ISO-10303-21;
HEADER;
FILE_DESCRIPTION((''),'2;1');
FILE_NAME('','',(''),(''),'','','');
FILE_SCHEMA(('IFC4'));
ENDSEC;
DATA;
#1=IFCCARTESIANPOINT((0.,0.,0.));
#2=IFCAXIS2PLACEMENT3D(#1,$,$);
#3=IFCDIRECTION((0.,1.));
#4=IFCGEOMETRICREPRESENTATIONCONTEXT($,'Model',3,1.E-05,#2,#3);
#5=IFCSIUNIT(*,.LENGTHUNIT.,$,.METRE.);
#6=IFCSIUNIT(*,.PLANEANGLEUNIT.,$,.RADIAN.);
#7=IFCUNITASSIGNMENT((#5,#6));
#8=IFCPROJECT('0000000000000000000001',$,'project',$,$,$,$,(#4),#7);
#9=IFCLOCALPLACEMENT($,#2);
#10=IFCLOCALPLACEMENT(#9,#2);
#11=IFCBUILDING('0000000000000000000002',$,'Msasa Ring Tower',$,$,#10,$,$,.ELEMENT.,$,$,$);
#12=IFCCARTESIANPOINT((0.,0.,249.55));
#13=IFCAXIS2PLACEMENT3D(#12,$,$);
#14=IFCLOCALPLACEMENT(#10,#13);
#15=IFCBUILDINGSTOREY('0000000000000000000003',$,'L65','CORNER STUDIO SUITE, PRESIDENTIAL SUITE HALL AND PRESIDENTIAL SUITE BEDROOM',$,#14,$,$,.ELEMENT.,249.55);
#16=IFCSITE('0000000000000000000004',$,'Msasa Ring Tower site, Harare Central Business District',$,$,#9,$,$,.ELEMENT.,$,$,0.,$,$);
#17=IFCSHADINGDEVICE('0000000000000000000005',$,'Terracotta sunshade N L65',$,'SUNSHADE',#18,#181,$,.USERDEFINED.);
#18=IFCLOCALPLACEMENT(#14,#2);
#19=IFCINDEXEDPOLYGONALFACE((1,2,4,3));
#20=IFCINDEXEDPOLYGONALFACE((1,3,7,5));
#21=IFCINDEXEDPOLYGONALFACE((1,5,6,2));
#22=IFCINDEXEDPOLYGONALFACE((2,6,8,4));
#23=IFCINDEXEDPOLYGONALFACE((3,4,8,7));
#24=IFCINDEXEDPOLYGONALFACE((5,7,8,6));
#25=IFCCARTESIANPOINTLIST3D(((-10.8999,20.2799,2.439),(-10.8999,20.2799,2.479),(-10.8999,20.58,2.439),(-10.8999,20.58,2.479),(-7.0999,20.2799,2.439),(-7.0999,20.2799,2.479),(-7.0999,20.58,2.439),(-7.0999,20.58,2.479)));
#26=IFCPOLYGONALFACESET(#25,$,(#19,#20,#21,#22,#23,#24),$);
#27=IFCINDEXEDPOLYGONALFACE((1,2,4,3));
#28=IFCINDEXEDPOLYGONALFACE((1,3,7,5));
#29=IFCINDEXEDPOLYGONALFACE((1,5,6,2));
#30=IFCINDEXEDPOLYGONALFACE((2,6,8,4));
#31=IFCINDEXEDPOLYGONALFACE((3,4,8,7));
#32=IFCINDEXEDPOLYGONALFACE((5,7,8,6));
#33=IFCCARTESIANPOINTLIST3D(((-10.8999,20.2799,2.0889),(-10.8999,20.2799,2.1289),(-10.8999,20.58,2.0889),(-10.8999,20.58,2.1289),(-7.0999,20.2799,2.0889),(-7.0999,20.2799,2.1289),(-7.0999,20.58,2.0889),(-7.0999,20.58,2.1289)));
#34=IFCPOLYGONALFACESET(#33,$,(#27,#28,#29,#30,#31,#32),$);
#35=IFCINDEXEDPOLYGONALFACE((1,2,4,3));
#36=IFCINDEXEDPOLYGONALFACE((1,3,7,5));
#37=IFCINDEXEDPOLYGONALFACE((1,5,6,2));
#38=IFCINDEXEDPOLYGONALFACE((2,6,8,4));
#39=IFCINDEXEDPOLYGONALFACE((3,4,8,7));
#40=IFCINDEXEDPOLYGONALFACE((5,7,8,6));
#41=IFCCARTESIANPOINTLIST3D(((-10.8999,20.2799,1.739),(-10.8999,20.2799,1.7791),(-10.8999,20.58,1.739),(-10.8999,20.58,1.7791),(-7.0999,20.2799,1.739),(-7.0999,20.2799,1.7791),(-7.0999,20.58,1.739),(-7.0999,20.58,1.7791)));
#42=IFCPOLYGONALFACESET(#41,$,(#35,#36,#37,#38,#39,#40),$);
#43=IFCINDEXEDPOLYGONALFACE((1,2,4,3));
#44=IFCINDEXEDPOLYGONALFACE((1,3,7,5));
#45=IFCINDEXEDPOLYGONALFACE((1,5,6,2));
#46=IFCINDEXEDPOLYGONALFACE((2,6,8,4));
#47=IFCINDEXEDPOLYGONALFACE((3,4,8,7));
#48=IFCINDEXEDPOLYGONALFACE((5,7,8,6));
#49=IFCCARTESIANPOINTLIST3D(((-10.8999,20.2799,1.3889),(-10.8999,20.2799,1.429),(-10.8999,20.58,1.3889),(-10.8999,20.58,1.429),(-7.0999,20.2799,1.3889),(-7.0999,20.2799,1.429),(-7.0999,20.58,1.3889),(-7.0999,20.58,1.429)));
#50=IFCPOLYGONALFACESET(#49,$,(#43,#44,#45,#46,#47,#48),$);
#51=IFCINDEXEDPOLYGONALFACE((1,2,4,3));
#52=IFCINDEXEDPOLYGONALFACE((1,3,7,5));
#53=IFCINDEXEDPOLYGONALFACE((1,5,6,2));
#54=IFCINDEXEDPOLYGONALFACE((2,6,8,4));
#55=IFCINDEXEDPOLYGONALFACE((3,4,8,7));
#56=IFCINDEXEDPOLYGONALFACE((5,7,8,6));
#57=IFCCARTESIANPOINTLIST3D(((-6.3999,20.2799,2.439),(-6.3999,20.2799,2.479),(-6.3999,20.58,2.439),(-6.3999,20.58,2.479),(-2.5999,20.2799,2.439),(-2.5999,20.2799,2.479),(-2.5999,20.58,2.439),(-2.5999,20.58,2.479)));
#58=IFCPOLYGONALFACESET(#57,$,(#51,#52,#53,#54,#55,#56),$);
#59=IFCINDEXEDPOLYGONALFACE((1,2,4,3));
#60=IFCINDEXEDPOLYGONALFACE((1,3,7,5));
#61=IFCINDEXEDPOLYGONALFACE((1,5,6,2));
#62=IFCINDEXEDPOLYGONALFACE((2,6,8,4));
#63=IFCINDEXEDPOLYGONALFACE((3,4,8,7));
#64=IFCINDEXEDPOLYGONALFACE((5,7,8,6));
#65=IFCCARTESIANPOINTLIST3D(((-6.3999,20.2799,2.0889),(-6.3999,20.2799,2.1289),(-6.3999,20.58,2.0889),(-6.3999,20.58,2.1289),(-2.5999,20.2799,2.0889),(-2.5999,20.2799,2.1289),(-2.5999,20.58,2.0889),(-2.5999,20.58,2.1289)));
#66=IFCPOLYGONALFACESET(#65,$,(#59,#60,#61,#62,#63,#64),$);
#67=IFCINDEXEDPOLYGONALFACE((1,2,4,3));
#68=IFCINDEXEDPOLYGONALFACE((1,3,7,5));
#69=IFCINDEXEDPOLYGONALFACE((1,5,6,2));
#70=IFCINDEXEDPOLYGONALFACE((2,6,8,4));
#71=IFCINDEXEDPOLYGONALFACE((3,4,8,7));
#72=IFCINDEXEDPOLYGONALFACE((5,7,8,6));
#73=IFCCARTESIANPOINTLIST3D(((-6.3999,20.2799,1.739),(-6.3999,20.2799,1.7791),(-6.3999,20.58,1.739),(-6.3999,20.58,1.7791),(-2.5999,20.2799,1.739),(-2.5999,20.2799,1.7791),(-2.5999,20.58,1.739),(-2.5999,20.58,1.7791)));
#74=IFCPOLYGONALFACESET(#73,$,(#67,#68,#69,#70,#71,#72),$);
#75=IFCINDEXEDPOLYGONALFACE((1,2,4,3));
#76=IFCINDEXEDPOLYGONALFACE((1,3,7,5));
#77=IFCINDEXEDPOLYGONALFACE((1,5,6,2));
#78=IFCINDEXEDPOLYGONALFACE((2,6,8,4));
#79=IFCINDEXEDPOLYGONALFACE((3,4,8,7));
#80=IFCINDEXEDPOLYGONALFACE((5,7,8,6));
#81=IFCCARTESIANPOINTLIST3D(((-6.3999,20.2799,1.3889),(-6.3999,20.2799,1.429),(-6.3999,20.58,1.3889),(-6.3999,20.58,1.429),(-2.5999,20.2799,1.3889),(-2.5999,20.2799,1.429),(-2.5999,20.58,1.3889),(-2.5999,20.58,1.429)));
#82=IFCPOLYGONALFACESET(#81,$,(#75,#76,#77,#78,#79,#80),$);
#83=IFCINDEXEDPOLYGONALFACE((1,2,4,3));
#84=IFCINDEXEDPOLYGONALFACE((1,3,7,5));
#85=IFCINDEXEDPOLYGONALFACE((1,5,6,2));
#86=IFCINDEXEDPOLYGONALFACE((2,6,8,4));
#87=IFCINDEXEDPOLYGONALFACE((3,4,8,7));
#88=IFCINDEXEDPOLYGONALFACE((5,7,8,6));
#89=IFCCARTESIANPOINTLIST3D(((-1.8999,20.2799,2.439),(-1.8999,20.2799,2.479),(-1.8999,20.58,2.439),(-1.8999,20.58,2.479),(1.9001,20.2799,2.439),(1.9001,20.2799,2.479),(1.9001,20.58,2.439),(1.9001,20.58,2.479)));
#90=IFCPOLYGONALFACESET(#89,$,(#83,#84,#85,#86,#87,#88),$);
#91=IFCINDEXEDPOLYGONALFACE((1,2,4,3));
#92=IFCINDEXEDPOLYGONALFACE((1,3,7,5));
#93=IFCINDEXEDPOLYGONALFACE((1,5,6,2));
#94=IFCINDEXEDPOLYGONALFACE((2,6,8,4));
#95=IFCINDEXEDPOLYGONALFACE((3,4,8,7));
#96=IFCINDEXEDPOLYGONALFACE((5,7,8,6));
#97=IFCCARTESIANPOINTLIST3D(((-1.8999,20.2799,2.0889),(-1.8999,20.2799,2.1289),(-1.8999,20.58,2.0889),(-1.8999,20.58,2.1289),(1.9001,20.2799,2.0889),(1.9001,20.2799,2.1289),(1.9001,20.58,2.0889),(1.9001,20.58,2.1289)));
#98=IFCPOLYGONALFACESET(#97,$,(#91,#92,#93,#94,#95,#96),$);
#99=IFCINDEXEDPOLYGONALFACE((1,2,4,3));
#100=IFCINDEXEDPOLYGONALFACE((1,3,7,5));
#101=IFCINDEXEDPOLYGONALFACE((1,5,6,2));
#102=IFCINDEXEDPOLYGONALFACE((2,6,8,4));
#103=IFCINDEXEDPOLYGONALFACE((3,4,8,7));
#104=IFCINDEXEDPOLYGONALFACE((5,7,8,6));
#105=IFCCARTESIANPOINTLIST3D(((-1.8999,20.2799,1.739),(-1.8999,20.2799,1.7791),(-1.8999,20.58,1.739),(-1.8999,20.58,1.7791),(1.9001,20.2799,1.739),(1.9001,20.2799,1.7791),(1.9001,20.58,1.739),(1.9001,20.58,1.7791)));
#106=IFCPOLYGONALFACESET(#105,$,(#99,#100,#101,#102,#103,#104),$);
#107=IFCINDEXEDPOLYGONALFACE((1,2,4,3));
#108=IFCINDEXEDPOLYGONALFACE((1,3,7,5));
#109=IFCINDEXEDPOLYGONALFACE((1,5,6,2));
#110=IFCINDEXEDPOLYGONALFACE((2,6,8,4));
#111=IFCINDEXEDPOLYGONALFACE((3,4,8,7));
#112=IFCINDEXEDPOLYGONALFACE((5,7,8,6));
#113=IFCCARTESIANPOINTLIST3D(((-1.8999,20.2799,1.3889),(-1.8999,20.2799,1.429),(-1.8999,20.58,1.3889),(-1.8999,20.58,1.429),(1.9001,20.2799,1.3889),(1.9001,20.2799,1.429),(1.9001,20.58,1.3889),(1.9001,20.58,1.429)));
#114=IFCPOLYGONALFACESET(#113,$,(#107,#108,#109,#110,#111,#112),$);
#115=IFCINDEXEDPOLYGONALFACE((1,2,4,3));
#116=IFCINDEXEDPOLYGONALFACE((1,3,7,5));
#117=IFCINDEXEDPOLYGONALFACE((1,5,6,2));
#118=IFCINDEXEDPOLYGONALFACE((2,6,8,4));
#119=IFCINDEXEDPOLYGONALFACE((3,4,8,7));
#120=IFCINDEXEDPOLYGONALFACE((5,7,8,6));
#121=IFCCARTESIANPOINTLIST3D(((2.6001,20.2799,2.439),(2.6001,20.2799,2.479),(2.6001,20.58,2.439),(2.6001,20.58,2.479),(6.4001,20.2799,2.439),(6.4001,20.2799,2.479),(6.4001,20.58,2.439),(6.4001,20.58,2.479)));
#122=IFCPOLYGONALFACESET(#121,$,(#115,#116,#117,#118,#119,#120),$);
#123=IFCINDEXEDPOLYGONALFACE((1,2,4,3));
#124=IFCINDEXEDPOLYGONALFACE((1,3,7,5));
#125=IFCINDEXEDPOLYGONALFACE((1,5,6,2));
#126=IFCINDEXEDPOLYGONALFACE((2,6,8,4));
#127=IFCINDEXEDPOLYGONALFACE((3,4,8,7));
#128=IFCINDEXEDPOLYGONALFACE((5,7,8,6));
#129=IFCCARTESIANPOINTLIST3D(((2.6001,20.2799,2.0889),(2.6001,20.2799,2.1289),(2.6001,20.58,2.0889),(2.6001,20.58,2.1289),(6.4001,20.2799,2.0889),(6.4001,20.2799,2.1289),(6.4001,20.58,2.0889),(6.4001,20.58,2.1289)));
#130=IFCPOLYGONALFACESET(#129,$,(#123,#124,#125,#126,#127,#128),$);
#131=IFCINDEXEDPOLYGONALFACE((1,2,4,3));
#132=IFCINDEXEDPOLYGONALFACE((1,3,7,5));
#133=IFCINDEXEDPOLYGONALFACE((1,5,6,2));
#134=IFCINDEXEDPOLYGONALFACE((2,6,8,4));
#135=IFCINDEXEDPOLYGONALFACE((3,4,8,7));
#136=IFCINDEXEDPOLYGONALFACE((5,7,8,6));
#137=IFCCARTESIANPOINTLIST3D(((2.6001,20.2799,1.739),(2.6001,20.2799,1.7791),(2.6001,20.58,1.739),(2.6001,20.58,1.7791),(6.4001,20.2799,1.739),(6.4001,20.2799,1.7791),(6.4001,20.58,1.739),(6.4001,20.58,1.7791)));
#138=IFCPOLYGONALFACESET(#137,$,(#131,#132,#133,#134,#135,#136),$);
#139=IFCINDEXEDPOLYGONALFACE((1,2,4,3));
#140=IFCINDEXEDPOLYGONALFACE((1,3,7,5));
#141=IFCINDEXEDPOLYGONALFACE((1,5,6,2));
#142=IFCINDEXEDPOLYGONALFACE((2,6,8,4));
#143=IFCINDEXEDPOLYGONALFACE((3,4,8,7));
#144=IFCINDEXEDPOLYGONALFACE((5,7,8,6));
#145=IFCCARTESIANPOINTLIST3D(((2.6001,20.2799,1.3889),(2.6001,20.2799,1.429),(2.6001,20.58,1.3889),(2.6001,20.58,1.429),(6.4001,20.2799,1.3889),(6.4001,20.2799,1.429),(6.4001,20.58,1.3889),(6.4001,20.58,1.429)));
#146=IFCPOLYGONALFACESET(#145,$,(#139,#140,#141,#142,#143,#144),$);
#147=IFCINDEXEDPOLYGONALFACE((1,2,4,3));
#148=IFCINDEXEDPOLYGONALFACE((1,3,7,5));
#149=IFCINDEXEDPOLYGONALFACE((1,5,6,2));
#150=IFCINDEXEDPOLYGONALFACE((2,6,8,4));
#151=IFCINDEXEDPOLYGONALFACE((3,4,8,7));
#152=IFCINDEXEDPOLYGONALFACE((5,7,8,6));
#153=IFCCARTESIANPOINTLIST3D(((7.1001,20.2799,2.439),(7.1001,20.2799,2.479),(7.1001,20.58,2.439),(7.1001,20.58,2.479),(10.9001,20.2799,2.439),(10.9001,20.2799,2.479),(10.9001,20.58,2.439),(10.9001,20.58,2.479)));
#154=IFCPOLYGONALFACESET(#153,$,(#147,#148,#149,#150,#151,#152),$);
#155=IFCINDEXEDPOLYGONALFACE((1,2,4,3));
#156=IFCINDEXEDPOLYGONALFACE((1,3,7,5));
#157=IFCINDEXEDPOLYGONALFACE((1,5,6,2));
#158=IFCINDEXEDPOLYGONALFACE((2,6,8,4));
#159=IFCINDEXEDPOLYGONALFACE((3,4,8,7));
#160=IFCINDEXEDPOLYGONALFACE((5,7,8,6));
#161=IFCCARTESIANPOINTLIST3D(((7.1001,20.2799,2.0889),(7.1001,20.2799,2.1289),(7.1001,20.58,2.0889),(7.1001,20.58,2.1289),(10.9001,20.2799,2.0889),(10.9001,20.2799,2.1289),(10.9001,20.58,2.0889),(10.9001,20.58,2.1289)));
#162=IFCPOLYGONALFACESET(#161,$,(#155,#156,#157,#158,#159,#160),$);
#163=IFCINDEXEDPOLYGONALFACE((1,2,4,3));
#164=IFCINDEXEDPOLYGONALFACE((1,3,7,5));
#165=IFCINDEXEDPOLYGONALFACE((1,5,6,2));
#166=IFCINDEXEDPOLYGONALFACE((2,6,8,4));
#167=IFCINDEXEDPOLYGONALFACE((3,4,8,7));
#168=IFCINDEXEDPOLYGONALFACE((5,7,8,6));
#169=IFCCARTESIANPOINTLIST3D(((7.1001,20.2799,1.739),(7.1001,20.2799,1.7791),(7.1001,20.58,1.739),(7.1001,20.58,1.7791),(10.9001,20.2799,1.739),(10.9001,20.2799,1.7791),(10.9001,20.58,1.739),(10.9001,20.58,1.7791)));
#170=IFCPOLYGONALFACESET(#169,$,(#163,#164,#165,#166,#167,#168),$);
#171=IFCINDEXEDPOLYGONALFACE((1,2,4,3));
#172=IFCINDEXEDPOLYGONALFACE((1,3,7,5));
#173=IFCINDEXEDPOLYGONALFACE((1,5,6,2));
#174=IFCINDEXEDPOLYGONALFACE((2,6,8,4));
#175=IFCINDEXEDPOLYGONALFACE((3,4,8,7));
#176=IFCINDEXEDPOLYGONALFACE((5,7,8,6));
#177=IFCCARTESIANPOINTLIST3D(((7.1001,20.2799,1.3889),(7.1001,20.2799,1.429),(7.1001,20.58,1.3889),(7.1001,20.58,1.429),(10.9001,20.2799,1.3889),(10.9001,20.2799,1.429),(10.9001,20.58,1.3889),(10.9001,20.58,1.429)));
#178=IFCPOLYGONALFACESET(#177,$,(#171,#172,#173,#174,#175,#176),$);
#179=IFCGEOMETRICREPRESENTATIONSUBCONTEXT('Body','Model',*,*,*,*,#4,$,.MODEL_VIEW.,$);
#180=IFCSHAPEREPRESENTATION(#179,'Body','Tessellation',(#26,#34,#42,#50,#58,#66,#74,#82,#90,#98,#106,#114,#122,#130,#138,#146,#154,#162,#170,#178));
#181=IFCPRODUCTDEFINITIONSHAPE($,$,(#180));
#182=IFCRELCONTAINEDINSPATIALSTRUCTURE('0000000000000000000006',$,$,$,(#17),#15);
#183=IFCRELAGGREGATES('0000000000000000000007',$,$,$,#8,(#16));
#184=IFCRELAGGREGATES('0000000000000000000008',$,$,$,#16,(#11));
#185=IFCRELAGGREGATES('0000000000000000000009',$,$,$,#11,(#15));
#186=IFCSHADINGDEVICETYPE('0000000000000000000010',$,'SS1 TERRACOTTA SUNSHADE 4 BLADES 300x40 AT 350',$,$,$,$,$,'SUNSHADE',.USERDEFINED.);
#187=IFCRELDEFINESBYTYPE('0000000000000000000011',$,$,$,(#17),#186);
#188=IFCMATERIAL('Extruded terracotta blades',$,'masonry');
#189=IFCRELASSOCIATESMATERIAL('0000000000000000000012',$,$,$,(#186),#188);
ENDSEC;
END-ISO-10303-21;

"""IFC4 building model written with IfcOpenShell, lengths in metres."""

from ifc_helpers import new_model, si_unit, direction, frame, origin, origin_2d, place, context, subcontext, project, spatial, rectangle, extrude, material, type_object, element, save


model = new_model("IFC4")

# Units and contexts
model_context = context("Model", 3, precision=1e-05, world=origin(), true_north=direction((0.0, 1.0)))
body_context = subcontext(model_context, "Body", "Model", "MODEL_VIEW")
ifc_project = project(units=[si_unit("LENGTHUNIT", "METRE"), si_unit("PLANEANGLEUNIT", "RADIAN")], contexts=[model_context])

# Site, building, storey
site_placement = place(None, origin())
site = spatial("IfcSite", under=ifc_project, at=site_placement, Name="Msasa Ring Tower site, Harare Central Business District", CompositionType="ELEMENT", RefElevation=0.0)
building_placement = place(site_placement, origin())
building = spatial("IfcBuilding", under=site, at=building_placement, Name="Msasa Ring Tower", CompositionType="ELEMENT")
storey_placement = place(building_placement, frame((0.0, 0.0, 249.55)))
storey = spatial("IfcBuildingStorey", under=building, at=storey_placement, Name="L65", Description="CORNER STUDIO SUITE, PRESIDENTIAL SUITE HALL AND PRESIDENTIAL SUITE BEDROOM", CompositionType="ELEMENT", Elevation=249.55)

# Shading device
ifc_material_1 = material(Name="Extruded terracotta blades", Category="masonry")
shading_device_type_1 = type_object("IfcShadingDeviceType", Name="SS1 TERRACOTTA SUNSHADE 4 BLADES 300x40 AT 350", ElementType="SUNSHADE", PredefinedType="USERDEFINED", material=ifc_material_1)
shading_device_1_placement = place(storey_placement, origin())
element("IfcShadingDevice", 1, at=shading_device_1_placement, inside=storey, type_object=shading_device_type_1, Name="Terracotta sunshade N L65", ObjectType="SUNSHADE", PredefinedType="USERDEFINED", context=body_context, shape_type="SweptSolid", body=[
    extrude(rectangle(XDim=0.04, YDim=0.3, at=origin_2d()), frame((-10.8999, 20.4299, 2.459), z_axis=(1.0, 0.0, 0.0), x_axis=(0.0, 0.0, 1.0)), (0.0, 0.0, 1.0), 3.8),
    extrude(rectangle(XDim=0.04, YDim=0.3, at=origin_2d()), frame((-10.8999, 20.4299, 2.1089), z_axis=(1.0, 0.0, 0.0), x_axis=(0.0, 0.0, 1.0)), (0.0, 0.0, 1.0), 3.8),
    extrude(rectangle(XDim=0.04, YDim=0.3, at=origin_2d()), frame((-10.8999, 20.4299, 1.759), z_axis=(1.0, 0.0, 0.0), x_axis=(0.0, 0.0, 1.0)), (0.0, 0.0, 1.0), 3.8),
    extrude(rectangle(XDim=0.04, YDim=0.3, at=origin_2d()), frame((-10.8999, 20.4299, 1.4089), z_axis=(1.0, 0.0, 0.0), x_axis=(0.0, 0.0, 1.0)), (0.0, 0.0, 1.0), 3.8),
    extrude(rectangle(XDim=0.04, YDim=0.3, at=origin_2d()), frame((-6.3999, 20.4299, 2.459), z_axis=(1.0, 0.0, 0.0), x_axis=(0.0, 0.0, 1.0)), (0.0, 0.0, 1.0), 3.8),
    extrude(rectangle(XDim=0.04, YDim=0.3, at=origin_2d()), frame((-6.3999, 20.4299, 2.1089), z_axis=(1.0, 0.0, 0.0), x_axis=(0.0, 0.0, 1.0)), (0.0, 0.0, 1.0), 3.8),
    extrude(rectangle(XDim=0.04, YDim=0.3, at=origin_2d()), frame((-6.3999, 20.4299, 1.759), z_axis=(1.0, 0.0, 0.0), x_axis=(0.0, 0.0, 1.0)), (0.0, 0.0, 1.0), 3.8),
    extrude(rectangle(XDim=0.04, YDim=0.3, at=origin_2d()), frame((-6.3999, 20.4299, 1.4089), z_axis=(1.0, 0.0, 0.0), x_axis=(0.0, 0.0, 1.0)), (0.0, 0.0, 1.0), 3.8),
    extrude(rectangle(XDim=0.04, YDim=0.3, at=origin_2d()), frame((-1.8999, 20.4299, 2.459), z_axis=(1.0, 0.0, 0.0), x_axis=(0.0, 0.0, 1.0)), (0.0, 0.0, 1.0), 3.8),
    extrude(rectangle(XDim=0.04, YDim=0.3, at=origin_2d()), frame((-1.8999, 20.4299, 2.1089), z_axis=(1.0, 0.0, 0.0), x_axis=(0.0, 0.0, 1.0)), (0.0, 0.0, 1.0), 3.8),
    extrude(rectangle(XDim=0.04, YDim=0.3, at=origin_2d()), frame((-1.8999, 20.4299, 1.759), z_axis=(1.0, 0.0, 0.0), x_axis=(0.0, 0.0, 1.0)), (0.0, 0.0, 1.0), 3.8),
    extrude(rectangle(XDim=0.04, YDim=0.3, at=origin_2d()), frame((-1.8999, 20.4299, 1.4089), z_axis=(1.0, 0.0, 0.0), x_axis=(0.0, 0.0, 1.0)), (0.0, 0.0, 1.0), 3.8),
    extrude(rectangle(XDim=0.04, YDim=0.3, at=origin_2d()), frame((2.6001, 20.4299, 2.459), z_axis=(1.0, 0.0, 0.0), x_axis=(0.0, 0.0, 1.0)), (0.0, 0.0, 1.0), 3.8),
    extrude(rectangle(XDim=0.04, YDim=0.3, at=origin_2d()), frame((2.6001, 20.4299, 2.1089), z_axis=(1.0, 0.0, 0.0), x_axis=(0.0, 0.0, 1.0)), (0.0, 0.0, 1.0), 3.8),
    extrude(rectangle(XDim=0.04, YDim=0.3, at=origin_2d()), frame((2.6001, 20.4299, 1.759), z_axis=(1.0, 0.0, 0.0), x_axis=(0.0, 0.0, 1.0)), (0.0, 0.0, 1.0), 3.8),
    extrude(rectangle(XDim=0.04, YDim=0.3, at=origin_2d()), frame((2.6001, 20.4299, 1.4089), z_axis=(1.0, 0.0, 0.0), x_axis=(0.0, 0.0, 1.0)), (0.0, 0.0, 1.0), 3.8),
    extrude(rectangle(XDim=0.04, YDim=0.3, at=origin_2d()), frame((7.1001, 20.4299, 2.459), z_axis=(1.0, 0.0, 0.0), x_axis=(0.0, 0.0, 1.0)), (0.0, 0.0, 1.0), 3.8),
    extrude(rectangle(XDim=0.04, YDim=0.3, at=origin_2d()), frame((7.1001, 20.4299, 2.1089), z_axis=(1.0, 0.0, 0.0), x_axis=(0.0, 0.0, 1.0)), (0.0, 0.0, 1.0), 3.8),
    extrude(rectangle(XDim=0.04, YDim=0.3, at=origin_2d()), frame((7.1001, 20.4299, 1.759), z_axis=(1.0, 0.0, 0.0), x_axis=(0.0, 0.0, 1.0)), (0.0, 0.0, 1.0), 3.8),
    extrude(rectangle(XDim=0.04, YDim=0.3, at=origin_2d()), frame((7.1001, 20.4299, 1.4089), z_axis=(1.0, 0.0, 0.0), x_axis=(0.0, 0.0, 1.0)), (0.0, 0.0, 1.0), 3.8),
])

save(model, "model.ifc")
